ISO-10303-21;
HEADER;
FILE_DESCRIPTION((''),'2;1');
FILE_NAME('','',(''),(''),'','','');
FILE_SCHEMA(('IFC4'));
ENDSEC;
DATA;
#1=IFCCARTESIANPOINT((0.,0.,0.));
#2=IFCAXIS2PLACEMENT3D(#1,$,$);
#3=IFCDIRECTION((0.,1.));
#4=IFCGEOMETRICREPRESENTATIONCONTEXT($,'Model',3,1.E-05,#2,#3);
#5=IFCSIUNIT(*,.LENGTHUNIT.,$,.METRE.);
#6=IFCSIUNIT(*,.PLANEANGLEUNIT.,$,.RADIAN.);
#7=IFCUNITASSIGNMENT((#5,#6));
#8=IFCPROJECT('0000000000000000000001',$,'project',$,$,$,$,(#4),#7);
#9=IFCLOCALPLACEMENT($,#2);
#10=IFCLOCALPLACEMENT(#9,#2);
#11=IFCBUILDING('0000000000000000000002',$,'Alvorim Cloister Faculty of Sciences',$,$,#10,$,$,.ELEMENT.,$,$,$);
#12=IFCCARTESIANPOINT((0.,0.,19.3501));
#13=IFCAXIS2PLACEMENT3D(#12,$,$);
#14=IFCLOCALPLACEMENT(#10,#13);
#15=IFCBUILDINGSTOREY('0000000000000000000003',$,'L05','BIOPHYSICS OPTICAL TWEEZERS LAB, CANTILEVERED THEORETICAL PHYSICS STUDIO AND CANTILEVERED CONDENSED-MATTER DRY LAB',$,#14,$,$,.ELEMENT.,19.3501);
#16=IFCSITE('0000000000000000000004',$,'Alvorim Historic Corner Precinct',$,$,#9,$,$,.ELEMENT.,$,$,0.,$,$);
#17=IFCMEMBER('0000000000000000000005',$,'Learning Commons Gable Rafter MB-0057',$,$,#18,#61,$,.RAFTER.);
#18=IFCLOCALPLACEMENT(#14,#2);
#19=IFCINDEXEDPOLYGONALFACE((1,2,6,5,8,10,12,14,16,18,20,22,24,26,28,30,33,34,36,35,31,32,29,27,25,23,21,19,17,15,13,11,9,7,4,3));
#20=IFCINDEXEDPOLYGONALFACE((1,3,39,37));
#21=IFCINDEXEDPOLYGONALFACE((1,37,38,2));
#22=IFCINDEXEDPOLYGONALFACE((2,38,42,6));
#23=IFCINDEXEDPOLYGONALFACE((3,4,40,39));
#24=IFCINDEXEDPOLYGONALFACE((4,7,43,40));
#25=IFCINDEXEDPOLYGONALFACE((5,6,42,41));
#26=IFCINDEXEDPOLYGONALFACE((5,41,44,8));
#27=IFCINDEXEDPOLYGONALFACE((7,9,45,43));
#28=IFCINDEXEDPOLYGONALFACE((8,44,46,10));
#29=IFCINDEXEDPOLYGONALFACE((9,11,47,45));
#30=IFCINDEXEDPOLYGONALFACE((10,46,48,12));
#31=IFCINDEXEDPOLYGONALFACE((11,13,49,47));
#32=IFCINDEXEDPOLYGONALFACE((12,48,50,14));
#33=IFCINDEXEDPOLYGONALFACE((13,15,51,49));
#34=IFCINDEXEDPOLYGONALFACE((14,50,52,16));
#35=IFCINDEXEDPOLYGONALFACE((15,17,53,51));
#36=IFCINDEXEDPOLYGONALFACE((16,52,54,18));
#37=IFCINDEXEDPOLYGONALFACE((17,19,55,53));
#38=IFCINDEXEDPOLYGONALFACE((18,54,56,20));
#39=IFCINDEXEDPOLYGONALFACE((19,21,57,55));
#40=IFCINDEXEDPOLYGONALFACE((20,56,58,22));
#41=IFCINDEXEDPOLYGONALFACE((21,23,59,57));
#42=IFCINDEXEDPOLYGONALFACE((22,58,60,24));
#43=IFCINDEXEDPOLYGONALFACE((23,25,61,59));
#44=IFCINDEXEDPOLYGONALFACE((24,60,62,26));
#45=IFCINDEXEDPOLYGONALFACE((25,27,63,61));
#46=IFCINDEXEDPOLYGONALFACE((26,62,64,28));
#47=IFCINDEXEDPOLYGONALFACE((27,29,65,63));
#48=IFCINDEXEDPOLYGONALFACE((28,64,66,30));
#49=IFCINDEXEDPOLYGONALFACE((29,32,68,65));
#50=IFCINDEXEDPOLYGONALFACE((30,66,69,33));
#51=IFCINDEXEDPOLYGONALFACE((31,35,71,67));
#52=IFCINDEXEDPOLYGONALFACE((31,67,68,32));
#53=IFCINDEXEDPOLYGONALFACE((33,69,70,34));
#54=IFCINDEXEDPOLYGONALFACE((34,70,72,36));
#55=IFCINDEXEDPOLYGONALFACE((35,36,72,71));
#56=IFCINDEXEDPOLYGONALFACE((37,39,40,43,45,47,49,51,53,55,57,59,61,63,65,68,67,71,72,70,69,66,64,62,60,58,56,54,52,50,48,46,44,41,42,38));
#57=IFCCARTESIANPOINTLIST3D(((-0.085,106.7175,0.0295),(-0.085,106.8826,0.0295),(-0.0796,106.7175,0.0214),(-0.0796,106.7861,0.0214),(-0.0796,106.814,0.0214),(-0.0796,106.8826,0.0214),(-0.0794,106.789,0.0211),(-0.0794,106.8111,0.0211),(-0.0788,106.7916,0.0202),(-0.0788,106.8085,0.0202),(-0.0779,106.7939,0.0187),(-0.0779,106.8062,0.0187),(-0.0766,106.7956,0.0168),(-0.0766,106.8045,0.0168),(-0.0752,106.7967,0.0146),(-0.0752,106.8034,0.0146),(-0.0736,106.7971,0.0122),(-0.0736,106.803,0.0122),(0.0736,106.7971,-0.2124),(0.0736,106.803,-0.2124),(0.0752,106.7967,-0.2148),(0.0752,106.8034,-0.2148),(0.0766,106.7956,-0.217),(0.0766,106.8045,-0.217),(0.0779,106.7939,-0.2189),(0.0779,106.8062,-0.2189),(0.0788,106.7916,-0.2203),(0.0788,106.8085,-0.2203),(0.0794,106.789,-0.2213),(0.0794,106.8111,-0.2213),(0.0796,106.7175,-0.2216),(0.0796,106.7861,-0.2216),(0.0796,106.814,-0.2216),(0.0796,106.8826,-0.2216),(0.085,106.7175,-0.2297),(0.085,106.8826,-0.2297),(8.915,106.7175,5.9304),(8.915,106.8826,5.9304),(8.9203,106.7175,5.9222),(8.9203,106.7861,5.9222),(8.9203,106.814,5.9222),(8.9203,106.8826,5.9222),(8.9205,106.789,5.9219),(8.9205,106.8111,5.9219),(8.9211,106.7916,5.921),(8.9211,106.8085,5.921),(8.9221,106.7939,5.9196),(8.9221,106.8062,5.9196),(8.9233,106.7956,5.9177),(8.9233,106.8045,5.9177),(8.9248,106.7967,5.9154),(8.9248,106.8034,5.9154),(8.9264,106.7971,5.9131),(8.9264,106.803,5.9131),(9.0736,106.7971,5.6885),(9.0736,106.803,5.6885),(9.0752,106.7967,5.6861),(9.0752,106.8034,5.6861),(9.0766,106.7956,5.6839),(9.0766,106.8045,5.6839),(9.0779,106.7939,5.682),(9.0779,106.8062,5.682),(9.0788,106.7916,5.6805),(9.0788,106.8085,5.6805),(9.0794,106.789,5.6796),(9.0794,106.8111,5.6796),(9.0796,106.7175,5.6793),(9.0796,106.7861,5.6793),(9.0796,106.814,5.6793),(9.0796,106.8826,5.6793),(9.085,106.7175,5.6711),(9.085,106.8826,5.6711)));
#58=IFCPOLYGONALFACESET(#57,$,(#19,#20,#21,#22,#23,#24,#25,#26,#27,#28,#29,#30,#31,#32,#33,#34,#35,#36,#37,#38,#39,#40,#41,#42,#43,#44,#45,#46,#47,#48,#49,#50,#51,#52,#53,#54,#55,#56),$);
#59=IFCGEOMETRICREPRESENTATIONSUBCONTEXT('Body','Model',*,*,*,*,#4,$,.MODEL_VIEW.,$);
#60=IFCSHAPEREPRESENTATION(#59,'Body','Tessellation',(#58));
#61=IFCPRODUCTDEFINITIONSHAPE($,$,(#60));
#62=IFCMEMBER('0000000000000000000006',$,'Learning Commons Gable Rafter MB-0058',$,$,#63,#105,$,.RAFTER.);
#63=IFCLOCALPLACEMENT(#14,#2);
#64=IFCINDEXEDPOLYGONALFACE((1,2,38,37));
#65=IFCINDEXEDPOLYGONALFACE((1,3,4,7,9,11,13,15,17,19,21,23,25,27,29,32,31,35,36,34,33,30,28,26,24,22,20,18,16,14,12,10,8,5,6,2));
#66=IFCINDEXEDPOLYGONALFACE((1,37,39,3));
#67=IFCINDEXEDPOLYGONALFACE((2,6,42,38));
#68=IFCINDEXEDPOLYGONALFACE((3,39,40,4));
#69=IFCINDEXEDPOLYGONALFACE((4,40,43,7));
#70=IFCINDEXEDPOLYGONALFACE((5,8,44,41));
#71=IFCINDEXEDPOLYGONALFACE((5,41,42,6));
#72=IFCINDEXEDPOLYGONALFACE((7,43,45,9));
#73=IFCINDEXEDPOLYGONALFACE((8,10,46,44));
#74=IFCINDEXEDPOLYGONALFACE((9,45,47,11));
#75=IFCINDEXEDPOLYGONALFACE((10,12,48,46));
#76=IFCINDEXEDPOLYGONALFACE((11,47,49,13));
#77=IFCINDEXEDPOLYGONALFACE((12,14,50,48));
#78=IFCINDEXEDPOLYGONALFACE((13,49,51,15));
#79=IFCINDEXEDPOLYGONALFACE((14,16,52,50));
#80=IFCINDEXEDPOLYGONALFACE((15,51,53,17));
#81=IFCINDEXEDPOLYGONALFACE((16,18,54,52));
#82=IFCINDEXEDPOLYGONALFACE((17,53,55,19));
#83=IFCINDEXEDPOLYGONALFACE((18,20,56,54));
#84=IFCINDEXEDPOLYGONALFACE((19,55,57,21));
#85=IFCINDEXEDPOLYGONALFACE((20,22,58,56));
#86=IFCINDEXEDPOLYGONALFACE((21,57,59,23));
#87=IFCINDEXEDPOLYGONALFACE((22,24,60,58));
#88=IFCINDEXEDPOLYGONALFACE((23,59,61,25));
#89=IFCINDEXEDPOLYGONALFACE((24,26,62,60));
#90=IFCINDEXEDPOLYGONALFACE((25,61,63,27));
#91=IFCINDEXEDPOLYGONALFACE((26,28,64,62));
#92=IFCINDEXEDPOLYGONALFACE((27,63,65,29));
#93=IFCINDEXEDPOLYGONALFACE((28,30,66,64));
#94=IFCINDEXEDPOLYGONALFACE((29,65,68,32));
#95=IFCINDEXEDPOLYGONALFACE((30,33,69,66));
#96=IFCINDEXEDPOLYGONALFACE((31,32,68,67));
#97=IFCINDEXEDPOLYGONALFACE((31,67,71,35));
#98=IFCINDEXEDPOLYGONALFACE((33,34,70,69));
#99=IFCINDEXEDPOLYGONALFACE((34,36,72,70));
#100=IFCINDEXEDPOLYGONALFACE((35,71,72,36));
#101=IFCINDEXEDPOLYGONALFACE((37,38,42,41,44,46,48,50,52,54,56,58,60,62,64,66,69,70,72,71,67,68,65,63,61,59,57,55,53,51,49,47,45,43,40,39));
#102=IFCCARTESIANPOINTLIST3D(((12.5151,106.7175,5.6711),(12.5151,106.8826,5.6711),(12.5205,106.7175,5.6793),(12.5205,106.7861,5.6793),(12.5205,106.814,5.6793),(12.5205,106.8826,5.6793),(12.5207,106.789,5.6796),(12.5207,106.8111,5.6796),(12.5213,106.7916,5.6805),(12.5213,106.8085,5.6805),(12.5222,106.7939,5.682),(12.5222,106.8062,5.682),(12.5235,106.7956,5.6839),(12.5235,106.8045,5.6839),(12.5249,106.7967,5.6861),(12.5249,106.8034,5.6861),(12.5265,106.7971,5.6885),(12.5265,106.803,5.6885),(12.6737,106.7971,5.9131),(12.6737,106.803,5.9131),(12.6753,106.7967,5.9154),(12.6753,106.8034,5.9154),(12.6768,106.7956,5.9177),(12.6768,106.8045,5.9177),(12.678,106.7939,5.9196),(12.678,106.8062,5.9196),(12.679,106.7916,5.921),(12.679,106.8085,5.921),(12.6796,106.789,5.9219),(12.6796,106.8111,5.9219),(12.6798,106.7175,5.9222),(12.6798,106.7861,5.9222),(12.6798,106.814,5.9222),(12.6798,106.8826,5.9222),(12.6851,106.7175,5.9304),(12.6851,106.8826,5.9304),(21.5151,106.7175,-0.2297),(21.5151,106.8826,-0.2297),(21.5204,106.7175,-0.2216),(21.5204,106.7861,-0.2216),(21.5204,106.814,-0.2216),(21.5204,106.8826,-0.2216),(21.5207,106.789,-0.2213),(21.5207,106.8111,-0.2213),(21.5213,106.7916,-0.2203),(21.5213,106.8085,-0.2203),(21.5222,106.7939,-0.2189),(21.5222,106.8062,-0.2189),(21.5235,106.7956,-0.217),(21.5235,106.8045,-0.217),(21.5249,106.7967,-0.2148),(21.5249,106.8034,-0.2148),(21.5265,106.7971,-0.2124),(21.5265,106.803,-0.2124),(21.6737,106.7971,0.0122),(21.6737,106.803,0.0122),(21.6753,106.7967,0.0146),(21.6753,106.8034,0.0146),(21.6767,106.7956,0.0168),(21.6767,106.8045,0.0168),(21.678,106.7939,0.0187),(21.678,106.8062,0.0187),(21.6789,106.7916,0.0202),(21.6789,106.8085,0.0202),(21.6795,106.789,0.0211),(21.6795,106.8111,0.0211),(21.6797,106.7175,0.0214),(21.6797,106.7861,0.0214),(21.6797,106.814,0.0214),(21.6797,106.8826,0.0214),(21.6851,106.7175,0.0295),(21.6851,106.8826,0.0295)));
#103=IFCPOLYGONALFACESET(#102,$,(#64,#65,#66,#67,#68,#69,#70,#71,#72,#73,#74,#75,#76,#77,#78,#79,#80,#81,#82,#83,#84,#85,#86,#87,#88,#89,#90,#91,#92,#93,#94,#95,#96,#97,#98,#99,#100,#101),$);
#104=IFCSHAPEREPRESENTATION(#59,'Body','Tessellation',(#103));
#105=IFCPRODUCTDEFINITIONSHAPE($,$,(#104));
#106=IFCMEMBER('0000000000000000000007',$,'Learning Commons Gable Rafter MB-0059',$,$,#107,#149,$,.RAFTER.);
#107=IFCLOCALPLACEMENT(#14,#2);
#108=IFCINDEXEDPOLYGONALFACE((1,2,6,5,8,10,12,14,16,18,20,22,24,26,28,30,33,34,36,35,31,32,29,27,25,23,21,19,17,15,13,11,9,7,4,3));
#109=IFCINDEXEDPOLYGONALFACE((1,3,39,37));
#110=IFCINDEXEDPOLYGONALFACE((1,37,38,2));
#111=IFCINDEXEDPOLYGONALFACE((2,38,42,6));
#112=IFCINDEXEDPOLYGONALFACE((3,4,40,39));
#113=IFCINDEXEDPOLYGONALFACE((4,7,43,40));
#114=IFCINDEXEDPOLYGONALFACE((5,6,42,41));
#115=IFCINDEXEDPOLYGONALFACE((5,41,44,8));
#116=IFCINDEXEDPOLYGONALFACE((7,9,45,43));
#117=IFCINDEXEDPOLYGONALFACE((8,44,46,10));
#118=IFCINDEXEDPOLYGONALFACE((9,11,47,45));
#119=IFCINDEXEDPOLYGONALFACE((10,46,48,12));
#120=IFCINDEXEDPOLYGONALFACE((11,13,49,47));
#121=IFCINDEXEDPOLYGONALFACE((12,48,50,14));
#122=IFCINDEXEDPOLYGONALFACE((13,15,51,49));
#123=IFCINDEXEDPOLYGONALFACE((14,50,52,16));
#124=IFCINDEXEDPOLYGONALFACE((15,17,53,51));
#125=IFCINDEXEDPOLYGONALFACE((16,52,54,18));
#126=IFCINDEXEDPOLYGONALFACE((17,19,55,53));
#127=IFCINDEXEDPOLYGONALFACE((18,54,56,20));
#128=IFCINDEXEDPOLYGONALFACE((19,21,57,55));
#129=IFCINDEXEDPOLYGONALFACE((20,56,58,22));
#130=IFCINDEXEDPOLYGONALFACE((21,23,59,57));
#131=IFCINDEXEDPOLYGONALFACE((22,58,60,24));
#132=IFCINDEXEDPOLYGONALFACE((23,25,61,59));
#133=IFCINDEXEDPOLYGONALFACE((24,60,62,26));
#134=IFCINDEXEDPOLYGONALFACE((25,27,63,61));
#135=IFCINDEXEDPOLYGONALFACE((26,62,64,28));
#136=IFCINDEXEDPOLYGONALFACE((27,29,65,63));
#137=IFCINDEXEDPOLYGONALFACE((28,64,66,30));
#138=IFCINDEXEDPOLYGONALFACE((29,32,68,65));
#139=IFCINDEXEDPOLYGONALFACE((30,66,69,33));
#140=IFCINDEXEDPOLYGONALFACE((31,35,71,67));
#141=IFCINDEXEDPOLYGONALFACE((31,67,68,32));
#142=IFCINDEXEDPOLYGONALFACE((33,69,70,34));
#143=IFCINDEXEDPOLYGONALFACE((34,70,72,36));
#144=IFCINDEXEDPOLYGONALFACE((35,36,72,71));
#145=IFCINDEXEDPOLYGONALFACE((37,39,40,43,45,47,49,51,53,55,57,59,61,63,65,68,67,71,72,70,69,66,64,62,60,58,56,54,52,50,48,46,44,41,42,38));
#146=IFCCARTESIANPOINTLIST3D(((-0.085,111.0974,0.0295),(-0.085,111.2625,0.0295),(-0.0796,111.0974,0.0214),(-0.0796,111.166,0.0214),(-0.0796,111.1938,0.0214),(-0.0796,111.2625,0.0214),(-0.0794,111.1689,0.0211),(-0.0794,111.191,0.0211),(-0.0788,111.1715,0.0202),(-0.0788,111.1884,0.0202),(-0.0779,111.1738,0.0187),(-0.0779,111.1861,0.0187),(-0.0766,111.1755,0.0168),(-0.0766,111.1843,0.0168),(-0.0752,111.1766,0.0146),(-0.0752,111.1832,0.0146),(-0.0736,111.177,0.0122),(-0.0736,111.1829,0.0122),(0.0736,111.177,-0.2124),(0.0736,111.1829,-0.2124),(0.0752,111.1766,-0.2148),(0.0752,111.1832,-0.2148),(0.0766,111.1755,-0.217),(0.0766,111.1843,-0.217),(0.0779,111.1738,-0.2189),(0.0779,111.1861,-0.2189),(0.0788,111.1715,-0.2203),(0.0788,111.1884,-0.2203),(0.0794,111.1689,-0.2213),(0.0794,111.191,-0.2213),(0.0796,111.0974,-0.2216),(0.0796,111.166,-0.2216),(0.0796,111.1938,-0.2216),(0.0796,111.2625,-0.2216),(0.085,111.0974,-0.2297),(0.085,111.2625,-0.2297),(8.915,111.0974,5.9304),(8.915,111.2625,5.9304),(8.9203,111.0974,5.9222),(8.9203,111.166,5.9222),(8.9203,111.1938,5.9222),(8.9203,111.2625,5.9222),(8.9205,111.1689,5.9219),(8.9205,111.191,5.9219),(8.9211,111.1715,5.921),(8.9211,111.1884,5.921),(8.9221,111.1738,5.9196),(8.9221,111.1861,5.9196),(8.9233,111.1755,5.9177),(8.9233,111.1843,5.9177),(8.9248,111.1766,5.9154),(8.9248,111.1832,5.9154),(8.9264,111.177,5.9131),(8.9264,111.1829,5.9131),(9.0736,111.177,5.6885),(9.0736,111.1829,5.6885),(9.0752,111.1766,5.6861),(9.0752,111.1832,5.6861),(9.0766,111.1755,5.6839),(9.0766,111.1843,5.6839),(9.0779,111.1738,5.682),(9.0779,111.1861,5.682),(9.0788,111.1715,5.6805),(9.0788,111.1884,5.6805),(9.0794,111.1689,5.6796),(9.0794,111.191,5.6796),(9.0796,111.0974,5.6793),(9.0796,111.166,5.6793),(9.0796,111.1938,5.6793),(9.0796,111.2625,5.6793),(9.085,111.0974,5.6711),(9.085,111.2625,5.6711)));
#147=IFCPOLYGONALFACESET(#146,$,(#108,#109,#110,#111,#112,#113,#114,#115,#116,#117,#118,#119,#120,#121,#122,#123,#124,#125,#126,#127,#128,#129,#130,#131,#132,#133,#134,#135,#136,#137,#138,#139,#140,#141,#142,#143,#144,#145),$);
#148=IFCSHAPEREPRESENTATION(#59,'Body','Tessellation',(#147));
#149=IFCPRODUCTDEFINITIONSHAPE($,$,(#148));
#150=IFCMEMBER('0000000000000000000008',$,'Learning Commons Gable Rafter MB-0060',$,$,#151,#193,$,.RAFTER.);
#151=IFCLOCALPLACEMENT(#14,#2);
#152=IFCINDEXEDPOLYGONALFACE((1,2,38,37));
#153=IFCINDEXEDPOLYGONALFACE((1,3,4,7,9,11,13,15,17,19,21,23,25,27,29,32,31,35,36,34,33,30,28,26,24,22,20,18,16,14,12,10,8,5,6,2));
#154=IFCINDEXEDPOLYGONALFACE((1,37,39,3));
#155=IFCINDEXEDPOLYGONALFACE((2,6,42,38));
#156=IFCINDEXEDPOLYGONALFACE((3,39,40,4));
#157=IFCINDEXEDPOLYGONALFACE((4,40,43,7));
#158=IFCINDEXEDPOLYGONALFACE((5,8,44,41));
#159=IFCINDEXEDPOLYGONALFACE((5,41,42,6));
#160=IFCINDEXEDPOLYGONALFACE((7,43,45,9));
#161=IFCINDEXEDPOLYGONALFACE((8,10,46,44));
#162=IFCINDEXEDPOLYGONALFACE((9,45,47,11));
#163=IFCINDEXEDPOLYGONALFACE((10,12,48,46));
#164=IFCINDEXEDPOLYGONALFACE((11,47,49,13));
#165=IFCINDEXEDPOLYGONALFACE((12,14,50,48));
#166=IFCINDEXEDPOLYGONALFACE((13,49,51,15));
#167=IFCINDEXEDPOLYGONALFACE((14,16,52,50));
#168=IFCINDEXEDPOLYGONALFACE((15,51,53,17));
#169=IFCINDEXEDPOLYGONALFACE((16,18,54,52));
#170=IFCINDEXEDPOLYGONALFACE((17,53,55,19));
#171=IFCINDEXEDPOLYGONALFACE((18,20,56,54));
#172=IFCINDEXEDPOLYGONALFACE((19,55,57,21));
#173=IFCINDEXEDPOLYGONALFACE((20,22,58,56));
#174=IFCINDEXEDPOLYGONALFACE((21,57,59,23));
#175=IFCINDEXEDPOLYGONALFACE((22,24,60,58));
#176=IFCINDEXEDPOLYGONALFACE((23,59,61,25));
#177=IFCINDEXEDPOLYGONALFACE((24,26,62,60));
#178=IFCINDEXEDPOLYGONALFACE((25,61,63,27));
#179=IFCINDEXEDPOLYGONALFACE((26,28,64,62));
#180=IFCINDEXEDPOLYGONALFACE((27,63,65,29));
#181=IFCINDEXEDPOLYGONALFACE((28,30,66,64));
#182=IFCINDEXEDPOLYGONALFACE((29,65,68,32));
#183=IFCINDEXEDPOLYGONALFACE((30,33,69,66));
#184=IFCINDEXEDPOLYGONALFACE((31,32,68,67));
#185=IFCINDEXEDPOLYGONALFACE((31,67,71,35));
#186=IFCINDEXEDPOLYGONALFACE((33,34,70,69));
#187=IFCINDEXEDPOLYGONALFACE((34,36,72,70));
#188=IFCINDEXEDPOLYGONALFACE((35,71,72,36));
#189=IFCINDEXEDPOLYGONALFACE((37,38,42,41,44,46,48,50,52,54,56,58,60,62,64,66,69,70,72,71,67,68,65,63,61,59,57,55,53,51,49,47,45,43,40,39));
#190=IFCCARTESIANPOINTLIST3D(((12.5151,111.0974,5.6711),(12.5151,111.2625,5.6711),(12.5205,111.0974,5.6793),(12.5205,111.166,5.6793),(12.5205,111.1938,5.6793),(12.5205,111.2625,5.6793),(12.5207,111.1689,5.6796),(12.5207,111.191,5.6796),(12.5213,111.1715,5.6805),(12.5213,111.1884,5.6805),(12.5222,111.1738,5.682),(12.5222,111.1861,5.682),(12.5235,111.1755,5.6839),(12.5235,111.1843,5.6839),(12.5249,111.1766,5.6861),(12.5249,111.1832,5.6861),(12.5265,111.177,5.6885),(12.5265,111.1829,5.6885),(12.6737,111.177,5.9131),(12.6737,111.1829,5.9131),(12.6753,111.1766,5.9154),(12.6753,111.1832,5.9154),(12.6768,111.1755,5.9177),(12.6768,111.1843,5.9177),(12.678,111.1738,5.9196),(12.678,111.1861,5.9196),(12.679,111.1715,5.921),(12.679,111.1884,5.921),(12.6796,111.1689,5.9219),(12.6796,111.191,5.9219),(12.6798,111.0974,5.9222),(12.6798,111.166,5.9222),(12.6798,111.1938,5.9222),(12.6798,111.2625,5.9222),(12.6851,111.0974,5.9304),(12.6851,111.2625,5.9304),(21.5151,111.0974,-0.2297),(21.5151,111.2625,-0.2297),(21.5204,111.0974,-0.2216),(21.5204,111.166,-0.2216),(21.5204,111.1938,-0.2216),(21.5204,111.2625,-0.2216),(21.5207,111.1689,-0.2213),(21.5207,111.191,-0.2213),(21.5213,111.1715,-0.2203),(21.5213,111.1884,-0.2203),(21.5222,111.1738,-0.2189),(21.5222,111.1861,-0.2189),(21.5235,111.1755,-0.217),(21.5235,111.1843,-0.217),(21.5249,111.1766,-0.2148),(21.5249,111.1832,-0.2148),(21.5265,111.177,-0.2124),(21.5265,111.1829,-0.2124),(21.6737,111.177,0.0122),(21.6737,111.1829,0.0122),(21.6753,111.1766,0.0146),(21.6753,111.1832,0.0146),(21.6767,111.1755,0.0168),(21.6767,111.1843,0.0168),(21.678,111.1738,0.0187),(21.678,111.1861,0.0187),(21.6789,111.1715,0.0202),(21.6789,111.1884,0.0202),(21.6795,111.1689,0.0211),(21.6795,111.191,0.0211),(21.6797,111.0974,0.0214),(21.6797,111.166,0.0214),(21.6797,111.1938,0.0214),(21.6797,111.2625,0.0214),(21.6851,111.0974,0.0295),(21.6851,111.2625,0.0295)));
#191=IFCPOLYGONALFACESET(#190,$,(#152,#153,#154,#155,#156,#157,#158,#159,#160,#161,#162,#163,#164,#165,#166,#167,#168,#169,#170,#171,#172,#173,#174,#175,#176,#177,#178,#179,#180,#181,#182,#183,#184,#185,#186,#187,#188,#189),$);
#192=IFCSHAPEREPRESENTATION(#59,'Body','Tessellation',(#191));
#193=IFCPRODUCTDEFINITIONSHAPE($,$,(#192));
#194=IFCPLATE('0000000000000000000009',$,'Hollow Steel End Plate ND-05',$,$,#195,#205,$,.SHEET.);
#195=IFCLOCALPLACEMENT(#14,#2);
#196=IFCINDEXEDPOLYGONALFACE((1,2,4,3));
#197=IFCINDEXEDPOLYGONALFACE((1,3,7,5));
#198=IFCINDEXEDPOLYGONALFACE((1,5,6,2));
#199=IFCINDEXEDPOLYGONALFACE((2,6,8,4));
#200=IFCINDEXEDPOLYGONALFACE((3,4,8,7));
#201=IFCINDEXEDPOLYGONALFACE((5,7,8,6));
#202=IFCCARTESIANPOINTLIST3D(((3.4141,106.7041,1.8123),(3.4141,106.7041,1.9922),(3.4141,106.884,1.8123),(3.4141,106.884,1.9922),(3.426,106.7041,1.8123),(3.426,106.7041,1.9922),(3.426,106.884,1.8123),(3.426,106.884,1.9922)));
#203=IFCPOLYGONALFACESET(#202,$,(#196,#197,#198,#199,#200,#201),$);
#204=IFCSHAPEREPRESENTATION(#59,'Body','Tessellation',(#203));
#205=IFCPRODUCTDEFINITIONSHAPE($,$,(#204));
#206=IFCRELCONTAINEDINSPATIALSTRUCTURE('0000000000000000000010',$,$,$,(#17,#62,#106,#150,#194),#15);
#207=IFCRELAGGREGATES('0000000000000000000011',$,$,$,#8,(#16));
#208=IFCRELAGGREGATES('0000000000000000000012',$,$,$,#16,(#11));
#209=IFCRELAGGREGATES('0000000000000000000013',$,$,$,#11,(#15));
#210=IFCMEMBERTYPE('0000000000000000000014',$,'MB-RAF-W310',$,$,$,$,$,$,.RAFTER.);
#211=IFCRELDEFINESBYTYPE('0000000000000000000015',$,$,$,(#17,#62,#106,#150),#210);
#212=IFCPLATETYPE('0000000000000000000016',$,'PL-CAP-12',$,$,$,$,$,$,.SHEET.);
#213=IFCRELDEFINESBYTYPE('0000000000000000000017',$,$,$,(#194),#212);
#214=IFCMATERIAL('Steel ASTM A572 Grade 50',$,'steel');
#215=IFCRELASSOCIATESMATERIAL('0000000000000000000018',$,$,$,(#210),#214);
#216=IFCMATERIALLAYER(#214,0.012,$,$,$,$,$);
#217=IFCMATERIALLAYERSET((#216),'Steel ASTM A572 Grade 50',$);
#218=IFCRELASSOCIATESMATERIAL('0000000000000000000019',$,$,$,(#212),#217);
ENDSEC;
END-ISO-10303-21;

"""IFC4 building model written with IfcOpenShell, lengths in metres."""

from ifc_helpers import new_model, si_unit, direction, frame, origin, origin_2d, place, context, subcontext, project, spatial, polyline, i_section, outline, extrude, material, layer, layer_set, material_profile, profile_set, type_object, element, save


model = new_model("IFC4")

# Units and contexts
model_context = context("Model", 3, precision=1e-05, world=origin(), true_north=direction((0.0, 1.0)))
body_context = subcontext(model_context, "Body", "Model", "MODEL_VIEW")
ifc_project = project(units=[si_unit("LENGTHUNIT", "METRE"), si_unit("PLANEANGLEUNIT", "RADIAN")], contexts=[model_context])

# Site, building, storey
site_placement = place(None, origin())
site = spatial("IfcSite", under=ifc_project, at=site_placement, Name="Alvorim Historic Corner Precinct", CompositionType="ELEMENT", RefElevation=0.0)
building_placement = place(site_placement, origin())
building = spatial("IfcBuilding", under=site, at=building_placement, Name="Alvorim Cloister Faculty of Sciences", CompositionType="ELEMENT")
storey_placement = place(building_placement, frame((0.0, 0.0, 19.3501)))
storey = spatial("IfcBuildingStorey", under=building, at=storey_placement, Name="L05", Description="BIOPHYSICS OPTICAL TWEEZERS LAB, CANTILEVERED THEORETICAL PHYSICS STUDIO AND CANTILEVERED CONDENSED-MATTER DRY LAB", CompositionType="ELEMENT", Elevation=19.3501)

# Members
ifc_material_1 = material(Name="Steel ASTM A572 Grade 50", Category="steel")
ifc_material_profile_1 = material_profile(ifc_material_1, i_section(OverallWidth=0.165, OverallDepth=0.3101, WebThickness=0.0059, FlangeThickness=0.0098, FilletRadius=0.011, at=origin_2d()), Name="W310x38.7")
ifc_profile_set_1 = profile_set([ifc_material_profile_1], Name="Steel ASTM A572 Grade 50")
member_type_1 = type_object("IfcMemberType", Name="MB-RAF-W310", PredefinedType="RAFTER", material=ifc_profile_set_1)
for number, where, z_axis, x_axis, name in (
    (1, (0.0, 106.8, -0.1001), (0.836277, 0.0, 0.548308), (0.0, 1.0, 0.0), "Learning Commons Gable Rafter MB-0057"),
    (2, (21.6001, 106.8, -0.1001), (-0.836277, 0.0, 0.548308), (0.0, -1.0, 0.0), "Learning Commons Gable Rafter MB-0058"),
    (3, (0.0, 111.1799, -0.1001), (0.836277, 0.0, 0.548308), (0.0, 1.0, 0.0), "Learning Commons Gable Rafter MB-0059"),
    (4, (21.6001, 111.1799, -0.1001), (-0.836277, 0.0, 0.548308), (0.0, -1.0, 0.0), "Learning Commons Gable Rafter MB-0060"),
):
    element("IfcMember", number, at=place(storey_placement, frame(where, z_axis=z_axis, x_axis=x_axis)), inside=storey, type_object=member_type_1, Name=name, PredefinedType="RAFTER", context=body_context, shape_type="SweptSolid", body=[
        extrude(i_section(OverallWidth=0.165, OverallDepth=0.3101, WebThickness=0.0059, FlangeThickness=0.0098, FilletRadius=0.011, at=origin_2d()), origin(), (0.0, 0.0, 1.0), 10.762),
    ])

# Plate
ifc_layer_1 = layer(ifc_material_1, 0.012)
ifc_layer_set_1 = layer_set([ifc_layer_1], Name="Steel ASTM A572 Grade 50")
plate_type = type_object("IfcPlateType", Name="PL-CAP-12", PredefinedType="SHEET", material=ifc_layer_set_1)
for number, where, z_axis, x_axis, name in (
    (5, (3.4199, 106.7041, 1.8123), (0.0, 0.0, 1.0), (0.0, 1.0, 0.0), "Hollow Steel End Plate ND-05"),
):
    element("IfcPlate", number, at=place(storey_placement, frame(where, z_axis=z_axis, x_axis=x_axis)), inside=storey, type_object=plate_type, Name=name, PredefinedType="SHEET", context=body_context, shape_type="SweptSolid", body=[
        extrude(outline(polyline([(0.0, 0.0), (0.1799, 0.0), (0.1799, 0.1799), (0.0, 0.1799), (0.0, 0.0)])), frame((0.0, 0.0059, 0.0), z_axis=(0.0, -1.0, 0.0), x_axis=(1.0, 0.0, 0.0)), (0.0, 0.0, 1.0), 0.012),
    ])

save(model, "model.ifc")
